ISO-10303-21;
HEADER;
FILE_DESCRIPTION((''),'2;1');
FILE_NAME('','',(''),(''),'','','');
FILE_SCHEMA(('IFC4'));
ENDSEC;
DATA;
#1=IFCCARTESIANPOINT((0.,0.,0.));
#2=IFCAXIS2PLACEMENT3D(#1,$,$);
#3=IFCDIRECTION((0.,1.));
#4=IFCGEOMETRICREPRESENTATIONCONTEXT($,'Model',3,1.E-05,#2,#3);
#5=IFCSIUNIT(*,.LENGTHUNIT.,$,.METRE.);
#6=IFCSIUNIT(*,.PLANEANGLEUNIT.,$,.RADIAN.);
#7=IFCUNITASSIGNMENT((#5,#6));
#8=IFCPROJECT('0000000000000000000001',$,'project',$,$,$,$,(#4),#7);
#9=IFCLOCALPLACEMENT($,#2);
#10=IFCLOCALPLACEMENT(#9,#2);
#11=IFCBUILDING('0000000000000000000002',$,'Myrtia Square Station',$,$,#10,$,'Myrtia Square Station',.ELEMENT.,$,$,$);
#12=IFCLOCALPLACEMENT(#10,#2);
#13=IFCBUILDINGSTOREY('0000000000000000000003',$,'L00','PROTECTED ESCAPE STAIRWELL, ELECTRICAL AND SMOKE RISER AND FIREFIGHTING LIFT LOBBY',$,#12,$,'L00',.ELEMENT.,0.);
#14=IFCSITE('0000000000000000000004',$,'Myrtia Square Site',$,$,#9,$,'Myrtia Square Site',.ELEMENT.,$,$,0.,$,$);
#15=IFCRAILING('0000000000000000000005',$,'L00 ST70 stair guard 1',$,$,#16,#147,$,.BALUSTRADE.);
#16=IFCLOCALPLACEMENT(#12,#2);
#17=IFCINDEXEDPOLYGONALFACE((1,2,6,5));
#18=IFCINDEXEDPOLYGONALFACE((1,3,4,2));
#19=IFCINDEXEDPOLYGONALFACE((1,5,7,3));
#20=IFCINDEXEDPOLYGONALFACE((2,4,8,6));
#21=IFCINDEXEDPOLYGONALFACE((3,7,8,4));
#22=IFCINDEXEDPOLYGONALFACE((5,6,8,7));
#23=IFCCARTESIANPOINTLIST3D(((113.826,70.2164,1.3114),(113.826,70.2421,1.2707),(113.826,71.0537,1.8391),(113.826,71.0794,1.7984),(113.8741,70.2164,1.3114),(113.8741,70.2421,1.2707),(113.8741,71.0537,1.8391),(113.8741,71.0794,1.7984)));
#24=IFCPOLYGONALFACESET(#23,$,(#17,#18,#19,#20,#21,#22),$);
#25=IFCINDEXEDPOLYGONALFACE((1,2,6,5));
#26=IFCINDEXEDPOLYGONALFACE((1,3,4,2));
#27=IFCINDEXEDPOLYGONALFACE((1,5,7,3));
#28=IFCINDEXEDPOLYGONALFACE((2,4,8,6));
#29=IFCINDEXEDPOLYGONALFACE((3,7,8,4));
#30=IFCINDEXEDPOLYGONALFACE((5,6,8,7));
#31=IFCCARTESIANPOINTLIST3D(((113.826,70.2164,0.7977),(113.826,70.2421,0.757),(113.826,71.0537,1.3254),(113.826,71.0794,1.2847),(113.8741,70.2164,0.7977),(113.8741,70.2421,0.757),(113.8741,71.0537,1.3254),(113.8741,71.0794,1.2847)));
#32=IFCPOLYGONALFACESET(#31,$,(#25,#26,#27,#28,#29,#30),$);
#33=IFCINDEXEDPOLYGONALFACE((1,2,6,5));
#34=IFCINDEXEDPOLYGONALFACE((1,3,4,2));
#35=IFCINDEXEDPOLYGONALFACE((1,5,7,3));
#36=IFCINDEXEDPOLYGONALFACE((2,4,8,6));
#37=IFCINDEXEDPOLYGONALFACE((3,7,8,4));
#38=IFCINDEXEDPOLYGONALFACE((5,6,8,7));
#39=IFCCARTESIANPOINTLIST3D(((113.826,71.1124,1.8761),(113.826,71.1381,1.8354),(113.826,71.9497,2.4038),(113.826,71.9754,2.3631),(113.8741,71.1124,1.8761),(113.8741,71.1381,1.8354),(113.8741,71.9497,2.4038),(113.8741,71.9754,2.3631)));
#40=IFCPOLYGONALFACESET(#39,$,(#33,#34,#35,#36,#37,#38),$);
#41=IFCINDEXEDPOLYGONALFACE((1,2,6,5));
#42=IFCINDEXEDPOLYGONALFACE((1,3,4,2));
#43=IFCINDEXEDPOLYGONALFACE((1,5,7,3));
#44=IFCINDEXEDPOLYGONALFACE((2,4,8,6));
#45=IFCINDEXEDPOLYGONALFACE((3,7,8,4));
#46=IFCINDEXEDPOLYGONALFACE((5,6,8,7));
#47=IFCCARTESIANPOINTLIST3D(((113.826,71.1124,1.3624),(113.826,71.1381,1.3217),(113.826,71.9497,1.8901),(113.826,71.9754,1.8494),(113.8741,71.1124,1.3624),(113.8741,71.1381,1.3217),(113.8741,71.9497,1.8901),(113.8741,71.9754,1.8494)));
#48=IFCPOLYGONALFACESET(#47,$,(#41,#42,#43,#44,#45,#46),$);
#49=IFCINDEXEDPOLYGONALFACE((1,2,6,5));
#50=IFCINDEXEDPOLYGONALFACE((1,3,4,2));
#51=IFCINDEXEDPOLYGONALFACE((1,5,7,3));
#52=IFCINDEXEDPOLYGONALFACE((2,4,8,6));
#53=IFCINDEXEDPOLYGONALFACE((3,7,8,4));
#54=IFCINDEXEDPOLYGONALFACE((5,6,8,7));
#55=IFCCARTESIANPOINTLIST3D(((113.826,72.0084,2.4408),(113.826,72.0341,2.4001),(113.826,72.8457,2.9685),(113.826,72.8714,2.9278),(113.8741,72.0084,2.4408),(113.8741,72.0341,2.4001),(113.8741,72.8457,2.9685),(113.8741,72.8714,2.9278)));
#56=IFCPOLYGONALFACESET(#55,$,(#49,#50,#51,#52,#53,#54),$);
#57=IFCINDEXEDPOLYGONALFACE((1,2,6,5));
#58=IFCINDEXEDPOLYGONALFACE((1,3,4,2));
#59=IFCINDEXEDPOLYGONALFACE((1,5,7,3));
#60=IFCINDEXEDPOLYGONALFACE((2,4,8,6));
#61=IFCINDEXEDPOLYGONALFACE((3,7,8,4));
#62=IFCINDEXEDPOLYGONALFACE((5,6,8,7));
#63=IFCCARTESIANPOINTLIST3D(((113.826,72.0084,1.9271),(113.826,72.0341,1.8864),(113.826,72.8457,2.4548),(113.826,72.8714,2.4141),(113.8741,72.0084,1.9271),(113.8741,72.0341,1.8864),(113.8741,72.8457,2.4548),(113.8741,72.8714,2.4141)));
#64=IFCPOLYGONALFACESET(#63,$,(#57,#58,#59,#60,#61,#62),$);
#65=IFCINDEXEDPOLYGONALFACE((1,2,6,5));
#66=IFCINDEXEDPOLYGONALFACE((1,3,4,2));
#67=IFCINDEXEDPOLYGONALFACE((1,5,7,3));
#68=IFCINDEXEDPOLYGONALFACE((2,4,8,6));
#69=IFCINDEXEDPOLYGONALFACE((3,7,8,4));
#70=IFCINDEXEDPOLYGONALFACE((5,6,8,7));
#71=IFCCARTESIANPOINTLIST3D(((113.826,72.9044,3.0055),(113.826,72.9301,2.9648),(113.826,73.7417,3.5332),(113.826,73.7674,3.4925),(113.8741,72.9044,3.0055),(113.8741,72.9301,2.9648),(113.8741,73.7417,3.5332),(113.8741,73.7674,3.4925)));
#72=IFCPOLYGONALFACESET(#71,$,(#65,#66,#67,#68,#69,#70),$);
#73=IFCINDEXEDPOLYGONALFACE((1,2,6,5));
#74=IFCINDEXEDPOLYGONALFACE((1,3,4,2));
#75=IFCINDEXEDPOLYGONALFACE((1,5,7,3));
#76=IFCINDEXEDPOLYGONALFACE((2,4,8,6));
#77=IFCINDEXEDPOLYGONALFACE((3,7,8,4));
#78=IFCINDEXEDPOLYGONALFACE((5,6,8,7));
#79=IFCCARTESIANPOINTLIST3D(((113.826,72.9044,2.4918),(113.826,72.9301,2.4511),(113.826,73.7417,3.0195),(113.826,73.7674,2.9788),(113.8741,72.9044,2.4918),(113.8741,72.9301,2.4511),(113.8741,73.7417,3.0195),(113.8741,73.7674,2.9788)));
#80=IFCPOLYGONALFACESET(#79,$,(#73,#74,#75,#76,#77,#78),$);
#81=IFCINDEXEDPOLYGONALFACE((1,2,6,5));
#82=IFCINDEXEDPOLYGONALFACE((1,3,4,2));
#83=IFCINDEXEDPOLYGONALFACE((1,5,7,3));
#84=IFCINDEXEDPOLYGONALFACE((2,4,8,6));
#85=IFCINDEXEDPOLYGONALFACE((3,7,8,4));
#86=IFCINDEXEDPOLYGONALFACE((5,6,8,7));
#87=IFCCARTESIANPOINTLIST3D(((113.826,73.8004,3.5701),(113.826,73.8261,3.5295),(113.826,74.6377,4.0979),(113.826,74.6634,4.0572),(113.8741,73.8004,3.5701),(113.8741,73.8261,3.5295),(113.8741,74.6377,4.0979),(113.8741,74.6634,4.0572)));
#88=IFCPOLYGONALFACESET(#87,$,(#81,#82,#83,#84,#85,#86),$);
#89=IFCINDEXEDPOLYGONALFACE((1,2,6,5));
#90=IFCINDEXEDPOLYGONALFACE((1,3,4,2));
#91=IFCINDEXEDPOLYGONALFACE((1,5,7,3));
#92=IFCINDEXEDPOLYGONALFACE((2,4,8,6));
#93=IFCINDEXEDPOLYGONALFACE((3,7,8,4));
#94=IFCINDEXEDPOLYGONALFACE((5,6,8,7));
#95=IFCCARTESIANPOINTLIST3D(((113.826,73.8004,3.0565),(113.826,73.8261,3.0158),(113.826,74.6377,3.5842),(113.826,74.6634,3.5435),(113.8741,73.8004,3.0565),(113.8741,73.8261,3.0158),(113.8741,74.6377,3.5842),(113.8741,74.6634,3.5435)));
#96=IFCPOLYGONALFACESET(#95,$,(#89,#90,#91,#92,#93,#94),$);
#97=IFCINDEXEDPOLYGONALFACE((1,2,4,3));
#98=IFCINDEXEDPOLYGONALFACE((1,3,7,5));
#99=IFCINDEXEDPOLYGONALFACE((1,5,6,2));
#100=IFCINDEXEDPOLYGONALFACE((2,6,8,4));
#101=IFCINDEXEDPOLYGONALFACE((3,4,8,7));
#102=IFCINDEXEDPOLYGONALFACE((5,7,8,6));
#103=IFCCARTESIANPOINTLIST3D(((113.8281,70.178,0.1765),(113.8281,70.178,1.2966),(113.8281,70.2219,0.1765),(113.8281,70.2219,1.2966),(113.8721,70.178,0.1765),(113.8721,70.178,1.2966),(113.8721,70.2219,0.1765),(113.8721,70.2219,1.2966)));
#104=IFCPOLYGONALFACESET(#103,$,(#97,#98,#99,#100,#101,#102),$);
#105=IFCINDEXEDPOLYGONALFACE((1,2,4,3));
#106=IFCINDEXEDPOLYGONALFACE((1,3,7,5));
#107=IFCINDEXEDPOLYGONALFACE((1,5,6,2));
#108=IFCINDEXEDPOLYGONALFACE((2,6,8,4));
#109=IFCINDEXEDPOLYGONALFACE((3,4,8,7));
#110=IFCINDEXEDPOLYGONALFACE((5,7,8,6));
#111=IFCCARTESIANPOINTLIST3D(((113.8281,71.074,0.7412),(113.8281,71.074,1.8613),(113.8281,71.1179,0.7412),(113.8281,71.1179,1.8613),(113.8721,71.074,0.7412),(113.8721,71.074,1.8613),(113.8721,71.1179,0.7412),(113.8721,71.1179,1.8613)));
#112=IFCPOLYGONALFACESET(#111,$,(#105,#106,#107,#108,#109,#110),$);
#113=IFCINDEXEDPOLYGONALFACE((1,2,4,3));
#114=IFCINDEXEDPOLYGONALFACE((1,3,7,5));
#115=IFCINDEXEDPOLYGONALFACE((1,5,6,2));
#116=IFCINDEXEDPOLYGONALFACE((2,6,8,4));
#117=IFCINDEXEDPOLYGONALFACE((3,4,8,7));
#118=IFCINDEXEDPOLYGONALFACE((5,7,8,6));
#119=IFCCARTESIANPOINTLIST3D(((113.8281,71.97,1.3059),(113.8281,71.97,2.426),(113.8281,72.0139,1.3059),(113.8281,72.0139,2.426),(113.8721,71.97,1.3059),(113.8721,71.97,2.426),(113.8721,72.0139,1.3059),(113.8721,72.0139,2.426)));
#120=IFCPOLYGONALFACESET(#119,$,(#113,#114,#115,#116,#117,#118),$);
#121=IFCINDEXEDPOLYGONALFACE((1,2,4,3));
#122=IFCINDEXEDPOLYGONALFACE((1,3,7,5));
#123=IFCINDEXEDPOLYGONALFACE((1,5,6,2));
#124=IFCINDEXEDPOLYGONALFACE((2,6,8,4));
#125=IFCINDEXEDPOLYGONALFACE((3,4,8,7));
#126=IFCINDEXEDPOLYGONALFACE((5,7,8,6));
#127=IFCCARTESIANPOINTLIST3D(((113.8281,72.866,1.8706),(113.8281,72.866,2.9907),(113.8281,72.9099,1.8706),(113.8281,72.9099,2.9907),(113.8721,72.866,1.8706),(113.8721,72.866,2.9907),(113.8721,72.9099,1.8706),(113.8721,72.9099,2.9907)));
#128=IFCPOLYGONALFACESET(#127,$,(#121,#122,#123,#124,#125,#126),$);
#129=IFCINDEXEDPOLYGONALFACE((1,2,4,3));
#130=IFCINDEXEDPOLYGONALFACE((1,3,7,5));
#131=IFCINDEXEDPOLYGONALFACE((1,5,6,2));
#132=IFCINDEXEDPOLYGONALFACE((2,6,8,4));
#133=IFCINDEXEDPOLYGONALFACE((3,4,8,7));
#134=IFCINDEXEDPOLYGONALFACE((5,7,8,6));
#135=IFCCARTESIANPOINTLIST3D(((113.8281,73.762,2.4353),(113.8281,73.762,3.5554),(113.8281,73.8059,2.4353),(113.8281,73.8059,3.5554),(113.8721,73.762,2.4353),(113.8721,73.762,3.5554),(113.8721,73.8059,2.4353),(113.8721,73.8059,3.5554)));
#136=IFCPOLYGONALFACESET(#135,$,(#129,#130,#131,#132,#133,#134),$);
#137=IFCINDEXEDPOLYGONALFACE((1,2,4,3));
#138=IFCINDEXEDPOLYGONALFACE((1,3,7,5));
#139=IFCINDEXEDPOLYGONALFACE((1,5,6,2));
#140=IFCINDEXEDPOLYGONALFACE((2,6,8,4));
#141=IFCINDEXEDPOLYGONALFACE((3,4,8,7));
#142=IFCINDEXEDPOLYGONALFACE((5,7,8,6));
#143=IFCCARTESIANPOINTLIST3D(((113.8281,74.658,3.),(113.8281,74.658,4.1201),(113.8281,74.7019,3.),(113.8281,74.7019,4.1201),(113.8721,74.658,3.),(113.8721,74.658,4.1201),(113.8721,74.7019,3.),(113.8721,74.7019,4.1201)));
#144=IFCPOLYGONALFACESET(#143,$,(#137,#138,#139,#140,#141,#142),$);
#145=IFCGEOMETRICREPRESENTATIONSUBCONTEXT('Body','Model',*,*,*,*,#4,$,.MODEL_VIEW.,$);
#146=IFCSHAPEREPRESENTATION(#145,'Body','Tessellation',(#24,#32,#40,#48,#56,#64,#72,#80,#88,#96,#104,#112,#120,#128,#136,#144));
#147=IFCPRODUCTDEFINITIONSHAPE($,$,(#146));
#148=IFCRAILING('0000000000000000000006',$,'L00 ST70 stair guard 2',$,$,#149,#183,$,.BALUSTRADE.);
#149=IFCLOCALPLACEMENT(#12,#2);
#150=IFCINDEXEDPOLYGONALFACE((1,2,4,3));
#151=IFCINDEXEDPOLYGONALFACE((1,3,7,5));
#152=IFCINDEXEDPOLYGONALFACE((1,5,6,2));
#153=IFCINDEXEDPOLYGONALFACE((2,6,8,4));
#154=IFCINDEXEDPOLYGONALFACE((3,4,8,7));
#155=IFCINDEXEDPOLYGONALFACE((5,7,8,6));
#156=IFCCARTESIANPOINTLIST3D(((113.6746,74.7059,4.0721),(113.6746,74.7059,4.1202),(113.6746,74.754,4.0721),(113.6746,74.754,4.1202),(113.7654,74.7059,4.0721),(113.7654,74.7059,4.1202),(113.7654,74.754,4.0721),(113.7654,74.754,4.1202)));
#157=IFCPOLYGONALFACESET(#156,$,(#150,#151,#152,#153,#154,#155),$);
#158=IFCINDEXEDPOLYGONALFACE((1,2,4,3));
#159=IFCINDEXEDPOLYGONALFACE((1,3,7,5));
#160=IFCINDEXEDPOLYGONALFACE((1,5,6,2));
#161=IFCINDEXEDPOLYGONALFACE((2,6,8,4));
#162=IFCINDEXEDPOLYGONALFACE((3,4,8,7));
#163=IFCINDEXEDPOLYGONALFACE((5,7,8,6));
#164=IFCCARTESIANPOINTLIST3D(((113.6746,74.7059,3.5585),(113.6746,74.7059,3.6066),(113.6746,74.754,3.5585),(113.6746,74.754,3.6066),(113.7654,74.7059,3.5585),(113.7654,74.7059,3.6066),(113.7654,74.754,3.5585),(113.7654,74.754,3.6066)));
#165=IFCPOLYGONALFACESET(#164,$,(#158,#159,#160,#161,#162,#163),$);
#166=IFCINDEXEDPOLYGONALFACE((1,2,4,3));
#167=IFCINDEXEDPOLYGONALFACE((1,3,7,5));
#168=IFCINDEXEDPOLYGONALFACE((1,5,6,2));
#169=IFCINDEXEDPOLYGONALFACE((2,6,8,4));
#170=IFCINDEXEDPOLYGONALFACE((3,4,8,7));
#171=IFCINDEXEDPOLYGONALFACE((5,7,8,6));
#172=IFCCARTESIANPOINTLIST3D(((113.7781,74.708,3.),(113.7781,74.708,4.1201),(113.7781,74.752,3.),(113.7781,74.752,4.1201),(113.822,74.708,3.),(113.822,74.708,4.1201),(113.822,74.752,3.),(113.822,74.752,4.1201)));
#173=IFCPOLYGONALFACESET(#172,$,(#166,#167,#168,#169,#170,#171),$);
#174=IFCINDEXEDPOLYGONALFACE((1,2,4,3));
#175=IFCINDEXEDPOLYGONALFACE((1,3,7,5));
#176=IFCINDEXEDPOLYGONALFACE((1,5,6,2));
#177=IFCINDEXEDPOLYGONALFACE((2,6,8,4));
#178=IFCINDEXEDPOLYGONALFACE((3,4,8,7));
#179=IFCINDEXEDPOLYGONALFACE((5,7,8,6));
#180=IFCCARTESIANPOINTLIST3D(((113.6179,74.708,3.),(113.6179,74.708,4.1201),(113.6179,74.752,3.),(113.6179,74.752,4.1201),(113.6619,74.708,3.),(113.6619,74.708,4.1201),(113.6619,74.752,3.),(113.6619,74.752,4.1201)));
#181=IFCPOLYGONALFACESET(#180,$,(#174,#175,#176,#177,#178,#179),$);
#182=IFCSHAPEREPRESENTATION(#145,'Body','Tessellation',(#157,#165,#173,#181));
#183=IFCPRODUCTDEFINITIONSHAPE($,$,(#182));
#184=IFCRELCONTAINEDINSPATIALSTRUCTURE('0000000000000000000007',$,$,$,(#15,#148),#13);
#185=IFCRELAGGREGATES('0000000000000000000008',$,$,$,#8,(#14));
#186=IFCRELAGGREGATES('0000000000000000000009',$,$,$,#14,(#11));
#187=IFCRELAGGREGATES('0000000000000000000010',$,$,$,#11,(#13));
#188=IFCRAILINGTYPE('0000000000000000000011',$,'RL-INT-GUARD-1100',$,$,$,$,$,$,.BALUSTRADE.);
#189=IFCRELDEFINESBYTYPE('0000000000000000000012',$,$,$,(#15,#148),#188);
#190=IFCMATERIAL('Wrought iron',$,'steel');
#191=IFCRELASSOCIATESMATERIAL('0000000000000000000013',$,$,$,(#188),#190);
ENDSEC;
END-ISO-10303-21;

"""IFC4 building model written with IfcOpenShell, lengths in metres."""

from ifc_helpers import new_model, si_unit, direction, frame, origin, origin_2d, place, context, subcontext, project, spatial, rectangle, extrude, material, type_object, element, save


model = new_model("IFC4")

# Units and contexts
model_context = context("Model", 3, precision=1e-05, world=origin(), true_north=direction((0.0, 1.0)))
body_context = subcontext(model_context, "Body", "Model", "MODEL_VIEW")
ifc_project = project(units=[si_unit("LENGTHUNIT", "METRE"), si_unit("PLANEANGLEUNIT", "RADIAN")], contexts=[model_context])

# Site, building, storey
site_placement = place(None, origin())
site = spatial("IfcSite", under=ifc_project, at=site_placement, Name="Myrtia Square Site", LongName="Myrtia Square Site", CompositionType="ELEMENT", RefElevation=0.0)
building_placement = place(site_placement, origin())
building = spatial("IfcBuilding", under=site, at=building_placement, Name="Myrtia Square Station", LongName="Myrtia Square Station", CompositionType="ELEMENT")
storey_placement = place(building_placement, origin())
storey = spatial("IfcBuildingStorey", under=building, at=storey_placement, Name="L00", Description="PROTECTED ESCAPE STAIRWELL, ELECTRICAL AND SMOKE RISER AND FIREFIGHTING LIFT LOBBY", LongName="L00", CompositionType="ELEMENT", Elevation=0.0)

# Railings
ifc_material_1 = material(Name="Wrought iron", Category="steel")
railing_type_1 = type_object("IfcRailingType", Name="RL-INT-GUARD-1100", PredefinedType="BALUSTRADE", material=ifc_material_1)
railing_1_placement = place(storey_placement, frame((113.8501, 70.2, 0.1765)))
element("IfcRailing", 1, at=railing_1_placement, inside=storey, type_object=railing_type_1, Name="L00 ST70 stair guard 1", PredefinedType="BALUSTRADE", context=body_context, shape_type="SweptSolid", body=[
    extrude(rectangle(XDim=0.0481, YDim=0.0481, at=origin_2d()), frame((0.0, 0.0293, 1.1145), z_axis=(0.0, 0.845998, 0.533186), x_axis=(-1.0, 0.0, 0.0)), (0.0, 0.0, 1.0), 0.9897),
    extrude(rectangle(XDim=0.0481, YDim=0.0481, at=origin_2d()), frame((0.0, 0.0293, 0.6008), z_axis=(0.0, 0.845998, 0.533186), x_axis=(-1.0, 0.0, 0.0)), (0.0, 0.0, 1.0), 0.9897),
    extrude(rectangle(XDim=0.0481, YDim=0.0481, at=origin_2d()), frame((0.0, 0.9253, 1.6792), z_axis=(0.0, 0.845998, 0.533186), x_axis=(-1.0, 0.0, 0.0)), (0.0, 0.0, 1.0), 0.9897),
    extrude(rectangle(XDim=0.0481, YDim=0.0481, at=origin_2d()), frame((0.0, 0.9253, 1.1655), z_axis=(0.0, 0.845998, 0.533186), x_axis=(-1.0, 0.0, 0.0)), (0.0, 0.0, 1.0), 0.9897),
    extrude(rectangle(XDim=0.0481, YDim=0.0481, at=origin_2d()), frame((0.0, 1.8213, 2.2439), z_axis=(0.0, 0.845998, 0.533186), x_axis=(-1.0, 0.0, 0.0)), (0.0, 0.0, 1.0), 0.9897),
    extrude(rectangle(XDim=0.0481, YDim=0.0481, at=origin_2d()), frame((0.0, 1.8213, 1.7302), z_axis=(0.0, 0.845998, 0.533186), x_axis=(-1.0, 0.0, 0.0)), (0.0, 0.0, 1.0), 0.9897),
    extrude(rectangle(XDim=0.0481, YDim=0.0481, at=origin_2d()), frame((0.0, 2.7173, 2.8086), z_axis=(0.0, 0.845998, 0.533186), x_axis=(-1.0, 0.0, 0.0)), (0.0, 0.0, 1.0), 0.9897),
    extrude(rectangle(XDim=0.0481, YDim=0.0481, at=origin_2d()), frame((0.0, 2.7173, 2.2949), z_axis=(0.0, 0.845998, 0.533186), x_axis=(-1.0, 0.0, 0.0)), (0.0, 0.0, 1.0), 0.9897),
    extrude(rectangle(XDim=0.0481, YDim=0.0481, at=origin_2d()), frame((0.0, 3.6133, 3.3733), z_axis=(0.0, 0.845998, 0.533186), x_axis=(-1.0, 0.0, 0.0)), (0.0, 0.0, 1.0), 0.9897),
    extrude(rectangle(XDim=0.0481, YDim=0.0481, at=origin_2d()), frame((0.0, 3.6133, 2.8596), z_axis=(0.0, 0.845998, 0.533186), x_axis=(-1.0, 0.0, 0.0)), (0.0, 0.0, 1.0), 0.9897),
    extrude(rectangle(XDim=0.0439, YDim=0.0439, at=origin_2d()), origin(), (0.0, 0.0, 1.0), 1.1201),
    extrude(rectangle(XDim=0.0439, YDim=0.0439, at=origin_2d()), frame((0.0, 0.896, 0.5647)), (0.0, 0.0, 1.0), 1.1201),
    extrude(rectangle(XDim=0.0439, YDim=0.0439, at=origin_2d()), frame((0.0, 1.792, 1.1294)), (0.0, 0.0, 1.0), 1.1201),
    extrude(rectangle(XDim=0.0439, YDim=0.0439, at=origin_2d()), frame((0.0, 2.688, 1.6941)), (0.0, 0.0, 1.0), 1.1201),
    extrude(rectangle(XDim=0.0439, YDim=0.0439, at=origin_2d()), frame((0.0, 3.584, 2.2588)), (0.0, 0.0, 1.0), 1.1201),
    extrude(rectangle(XDim=0.0439, YDim=0.0439, at=origin_2d()), frame((0.0, 4.48, 2.8235)), (0.0, 0.0, 1.0), 1.1201),
])
railing_2_placement = place(storey_placement, frame((113.8, 74.73, 3.0)))
element("IfcRailing", 2, at=railing_2_placement, inside=storey, type_object=railing_type_1, Name="L00 ST70 stair guard 2", PredefinedType="BALUSTRADE", context=body_context, shape_type="SweptSolid", body=[
    extrude(rectangle(XDim=0.0481, YDim=0.0481, at=origin_2d()), frame((-0.0347, 0.0, 1.0962), z_axis=(-1.0, 0.0, 0.0), x_axis=(0.0, -1.0, 0.0)), (0.0, 0.0, 1.0), 0.0908),
    extrude(rectangle(XDim=0.0481, YDim=0.0481, at=origin_2d()), frame((-0.0347, 0.0, 0.5825), z_axis=(-1.0, 0.0, 0.0), x_axis=(0.0, -1.0, 0.0)), (0.0, 0.0, 1.0), 0.0908),
    extrude(rectangle(XDim=0.0439, YDim=0.0439, at=origin_2d()), origin(), (0.0, 0.0, 1.0), 1.1201),
    extrude(rectangle(XDim=0.0439, YDim=0.0439, at=origin_2d()), frame((-0.1602, 0.0, 0.0)), (0.0, 0.0, 1.0), 1.1201),
])

save(model, "model.ifc")
